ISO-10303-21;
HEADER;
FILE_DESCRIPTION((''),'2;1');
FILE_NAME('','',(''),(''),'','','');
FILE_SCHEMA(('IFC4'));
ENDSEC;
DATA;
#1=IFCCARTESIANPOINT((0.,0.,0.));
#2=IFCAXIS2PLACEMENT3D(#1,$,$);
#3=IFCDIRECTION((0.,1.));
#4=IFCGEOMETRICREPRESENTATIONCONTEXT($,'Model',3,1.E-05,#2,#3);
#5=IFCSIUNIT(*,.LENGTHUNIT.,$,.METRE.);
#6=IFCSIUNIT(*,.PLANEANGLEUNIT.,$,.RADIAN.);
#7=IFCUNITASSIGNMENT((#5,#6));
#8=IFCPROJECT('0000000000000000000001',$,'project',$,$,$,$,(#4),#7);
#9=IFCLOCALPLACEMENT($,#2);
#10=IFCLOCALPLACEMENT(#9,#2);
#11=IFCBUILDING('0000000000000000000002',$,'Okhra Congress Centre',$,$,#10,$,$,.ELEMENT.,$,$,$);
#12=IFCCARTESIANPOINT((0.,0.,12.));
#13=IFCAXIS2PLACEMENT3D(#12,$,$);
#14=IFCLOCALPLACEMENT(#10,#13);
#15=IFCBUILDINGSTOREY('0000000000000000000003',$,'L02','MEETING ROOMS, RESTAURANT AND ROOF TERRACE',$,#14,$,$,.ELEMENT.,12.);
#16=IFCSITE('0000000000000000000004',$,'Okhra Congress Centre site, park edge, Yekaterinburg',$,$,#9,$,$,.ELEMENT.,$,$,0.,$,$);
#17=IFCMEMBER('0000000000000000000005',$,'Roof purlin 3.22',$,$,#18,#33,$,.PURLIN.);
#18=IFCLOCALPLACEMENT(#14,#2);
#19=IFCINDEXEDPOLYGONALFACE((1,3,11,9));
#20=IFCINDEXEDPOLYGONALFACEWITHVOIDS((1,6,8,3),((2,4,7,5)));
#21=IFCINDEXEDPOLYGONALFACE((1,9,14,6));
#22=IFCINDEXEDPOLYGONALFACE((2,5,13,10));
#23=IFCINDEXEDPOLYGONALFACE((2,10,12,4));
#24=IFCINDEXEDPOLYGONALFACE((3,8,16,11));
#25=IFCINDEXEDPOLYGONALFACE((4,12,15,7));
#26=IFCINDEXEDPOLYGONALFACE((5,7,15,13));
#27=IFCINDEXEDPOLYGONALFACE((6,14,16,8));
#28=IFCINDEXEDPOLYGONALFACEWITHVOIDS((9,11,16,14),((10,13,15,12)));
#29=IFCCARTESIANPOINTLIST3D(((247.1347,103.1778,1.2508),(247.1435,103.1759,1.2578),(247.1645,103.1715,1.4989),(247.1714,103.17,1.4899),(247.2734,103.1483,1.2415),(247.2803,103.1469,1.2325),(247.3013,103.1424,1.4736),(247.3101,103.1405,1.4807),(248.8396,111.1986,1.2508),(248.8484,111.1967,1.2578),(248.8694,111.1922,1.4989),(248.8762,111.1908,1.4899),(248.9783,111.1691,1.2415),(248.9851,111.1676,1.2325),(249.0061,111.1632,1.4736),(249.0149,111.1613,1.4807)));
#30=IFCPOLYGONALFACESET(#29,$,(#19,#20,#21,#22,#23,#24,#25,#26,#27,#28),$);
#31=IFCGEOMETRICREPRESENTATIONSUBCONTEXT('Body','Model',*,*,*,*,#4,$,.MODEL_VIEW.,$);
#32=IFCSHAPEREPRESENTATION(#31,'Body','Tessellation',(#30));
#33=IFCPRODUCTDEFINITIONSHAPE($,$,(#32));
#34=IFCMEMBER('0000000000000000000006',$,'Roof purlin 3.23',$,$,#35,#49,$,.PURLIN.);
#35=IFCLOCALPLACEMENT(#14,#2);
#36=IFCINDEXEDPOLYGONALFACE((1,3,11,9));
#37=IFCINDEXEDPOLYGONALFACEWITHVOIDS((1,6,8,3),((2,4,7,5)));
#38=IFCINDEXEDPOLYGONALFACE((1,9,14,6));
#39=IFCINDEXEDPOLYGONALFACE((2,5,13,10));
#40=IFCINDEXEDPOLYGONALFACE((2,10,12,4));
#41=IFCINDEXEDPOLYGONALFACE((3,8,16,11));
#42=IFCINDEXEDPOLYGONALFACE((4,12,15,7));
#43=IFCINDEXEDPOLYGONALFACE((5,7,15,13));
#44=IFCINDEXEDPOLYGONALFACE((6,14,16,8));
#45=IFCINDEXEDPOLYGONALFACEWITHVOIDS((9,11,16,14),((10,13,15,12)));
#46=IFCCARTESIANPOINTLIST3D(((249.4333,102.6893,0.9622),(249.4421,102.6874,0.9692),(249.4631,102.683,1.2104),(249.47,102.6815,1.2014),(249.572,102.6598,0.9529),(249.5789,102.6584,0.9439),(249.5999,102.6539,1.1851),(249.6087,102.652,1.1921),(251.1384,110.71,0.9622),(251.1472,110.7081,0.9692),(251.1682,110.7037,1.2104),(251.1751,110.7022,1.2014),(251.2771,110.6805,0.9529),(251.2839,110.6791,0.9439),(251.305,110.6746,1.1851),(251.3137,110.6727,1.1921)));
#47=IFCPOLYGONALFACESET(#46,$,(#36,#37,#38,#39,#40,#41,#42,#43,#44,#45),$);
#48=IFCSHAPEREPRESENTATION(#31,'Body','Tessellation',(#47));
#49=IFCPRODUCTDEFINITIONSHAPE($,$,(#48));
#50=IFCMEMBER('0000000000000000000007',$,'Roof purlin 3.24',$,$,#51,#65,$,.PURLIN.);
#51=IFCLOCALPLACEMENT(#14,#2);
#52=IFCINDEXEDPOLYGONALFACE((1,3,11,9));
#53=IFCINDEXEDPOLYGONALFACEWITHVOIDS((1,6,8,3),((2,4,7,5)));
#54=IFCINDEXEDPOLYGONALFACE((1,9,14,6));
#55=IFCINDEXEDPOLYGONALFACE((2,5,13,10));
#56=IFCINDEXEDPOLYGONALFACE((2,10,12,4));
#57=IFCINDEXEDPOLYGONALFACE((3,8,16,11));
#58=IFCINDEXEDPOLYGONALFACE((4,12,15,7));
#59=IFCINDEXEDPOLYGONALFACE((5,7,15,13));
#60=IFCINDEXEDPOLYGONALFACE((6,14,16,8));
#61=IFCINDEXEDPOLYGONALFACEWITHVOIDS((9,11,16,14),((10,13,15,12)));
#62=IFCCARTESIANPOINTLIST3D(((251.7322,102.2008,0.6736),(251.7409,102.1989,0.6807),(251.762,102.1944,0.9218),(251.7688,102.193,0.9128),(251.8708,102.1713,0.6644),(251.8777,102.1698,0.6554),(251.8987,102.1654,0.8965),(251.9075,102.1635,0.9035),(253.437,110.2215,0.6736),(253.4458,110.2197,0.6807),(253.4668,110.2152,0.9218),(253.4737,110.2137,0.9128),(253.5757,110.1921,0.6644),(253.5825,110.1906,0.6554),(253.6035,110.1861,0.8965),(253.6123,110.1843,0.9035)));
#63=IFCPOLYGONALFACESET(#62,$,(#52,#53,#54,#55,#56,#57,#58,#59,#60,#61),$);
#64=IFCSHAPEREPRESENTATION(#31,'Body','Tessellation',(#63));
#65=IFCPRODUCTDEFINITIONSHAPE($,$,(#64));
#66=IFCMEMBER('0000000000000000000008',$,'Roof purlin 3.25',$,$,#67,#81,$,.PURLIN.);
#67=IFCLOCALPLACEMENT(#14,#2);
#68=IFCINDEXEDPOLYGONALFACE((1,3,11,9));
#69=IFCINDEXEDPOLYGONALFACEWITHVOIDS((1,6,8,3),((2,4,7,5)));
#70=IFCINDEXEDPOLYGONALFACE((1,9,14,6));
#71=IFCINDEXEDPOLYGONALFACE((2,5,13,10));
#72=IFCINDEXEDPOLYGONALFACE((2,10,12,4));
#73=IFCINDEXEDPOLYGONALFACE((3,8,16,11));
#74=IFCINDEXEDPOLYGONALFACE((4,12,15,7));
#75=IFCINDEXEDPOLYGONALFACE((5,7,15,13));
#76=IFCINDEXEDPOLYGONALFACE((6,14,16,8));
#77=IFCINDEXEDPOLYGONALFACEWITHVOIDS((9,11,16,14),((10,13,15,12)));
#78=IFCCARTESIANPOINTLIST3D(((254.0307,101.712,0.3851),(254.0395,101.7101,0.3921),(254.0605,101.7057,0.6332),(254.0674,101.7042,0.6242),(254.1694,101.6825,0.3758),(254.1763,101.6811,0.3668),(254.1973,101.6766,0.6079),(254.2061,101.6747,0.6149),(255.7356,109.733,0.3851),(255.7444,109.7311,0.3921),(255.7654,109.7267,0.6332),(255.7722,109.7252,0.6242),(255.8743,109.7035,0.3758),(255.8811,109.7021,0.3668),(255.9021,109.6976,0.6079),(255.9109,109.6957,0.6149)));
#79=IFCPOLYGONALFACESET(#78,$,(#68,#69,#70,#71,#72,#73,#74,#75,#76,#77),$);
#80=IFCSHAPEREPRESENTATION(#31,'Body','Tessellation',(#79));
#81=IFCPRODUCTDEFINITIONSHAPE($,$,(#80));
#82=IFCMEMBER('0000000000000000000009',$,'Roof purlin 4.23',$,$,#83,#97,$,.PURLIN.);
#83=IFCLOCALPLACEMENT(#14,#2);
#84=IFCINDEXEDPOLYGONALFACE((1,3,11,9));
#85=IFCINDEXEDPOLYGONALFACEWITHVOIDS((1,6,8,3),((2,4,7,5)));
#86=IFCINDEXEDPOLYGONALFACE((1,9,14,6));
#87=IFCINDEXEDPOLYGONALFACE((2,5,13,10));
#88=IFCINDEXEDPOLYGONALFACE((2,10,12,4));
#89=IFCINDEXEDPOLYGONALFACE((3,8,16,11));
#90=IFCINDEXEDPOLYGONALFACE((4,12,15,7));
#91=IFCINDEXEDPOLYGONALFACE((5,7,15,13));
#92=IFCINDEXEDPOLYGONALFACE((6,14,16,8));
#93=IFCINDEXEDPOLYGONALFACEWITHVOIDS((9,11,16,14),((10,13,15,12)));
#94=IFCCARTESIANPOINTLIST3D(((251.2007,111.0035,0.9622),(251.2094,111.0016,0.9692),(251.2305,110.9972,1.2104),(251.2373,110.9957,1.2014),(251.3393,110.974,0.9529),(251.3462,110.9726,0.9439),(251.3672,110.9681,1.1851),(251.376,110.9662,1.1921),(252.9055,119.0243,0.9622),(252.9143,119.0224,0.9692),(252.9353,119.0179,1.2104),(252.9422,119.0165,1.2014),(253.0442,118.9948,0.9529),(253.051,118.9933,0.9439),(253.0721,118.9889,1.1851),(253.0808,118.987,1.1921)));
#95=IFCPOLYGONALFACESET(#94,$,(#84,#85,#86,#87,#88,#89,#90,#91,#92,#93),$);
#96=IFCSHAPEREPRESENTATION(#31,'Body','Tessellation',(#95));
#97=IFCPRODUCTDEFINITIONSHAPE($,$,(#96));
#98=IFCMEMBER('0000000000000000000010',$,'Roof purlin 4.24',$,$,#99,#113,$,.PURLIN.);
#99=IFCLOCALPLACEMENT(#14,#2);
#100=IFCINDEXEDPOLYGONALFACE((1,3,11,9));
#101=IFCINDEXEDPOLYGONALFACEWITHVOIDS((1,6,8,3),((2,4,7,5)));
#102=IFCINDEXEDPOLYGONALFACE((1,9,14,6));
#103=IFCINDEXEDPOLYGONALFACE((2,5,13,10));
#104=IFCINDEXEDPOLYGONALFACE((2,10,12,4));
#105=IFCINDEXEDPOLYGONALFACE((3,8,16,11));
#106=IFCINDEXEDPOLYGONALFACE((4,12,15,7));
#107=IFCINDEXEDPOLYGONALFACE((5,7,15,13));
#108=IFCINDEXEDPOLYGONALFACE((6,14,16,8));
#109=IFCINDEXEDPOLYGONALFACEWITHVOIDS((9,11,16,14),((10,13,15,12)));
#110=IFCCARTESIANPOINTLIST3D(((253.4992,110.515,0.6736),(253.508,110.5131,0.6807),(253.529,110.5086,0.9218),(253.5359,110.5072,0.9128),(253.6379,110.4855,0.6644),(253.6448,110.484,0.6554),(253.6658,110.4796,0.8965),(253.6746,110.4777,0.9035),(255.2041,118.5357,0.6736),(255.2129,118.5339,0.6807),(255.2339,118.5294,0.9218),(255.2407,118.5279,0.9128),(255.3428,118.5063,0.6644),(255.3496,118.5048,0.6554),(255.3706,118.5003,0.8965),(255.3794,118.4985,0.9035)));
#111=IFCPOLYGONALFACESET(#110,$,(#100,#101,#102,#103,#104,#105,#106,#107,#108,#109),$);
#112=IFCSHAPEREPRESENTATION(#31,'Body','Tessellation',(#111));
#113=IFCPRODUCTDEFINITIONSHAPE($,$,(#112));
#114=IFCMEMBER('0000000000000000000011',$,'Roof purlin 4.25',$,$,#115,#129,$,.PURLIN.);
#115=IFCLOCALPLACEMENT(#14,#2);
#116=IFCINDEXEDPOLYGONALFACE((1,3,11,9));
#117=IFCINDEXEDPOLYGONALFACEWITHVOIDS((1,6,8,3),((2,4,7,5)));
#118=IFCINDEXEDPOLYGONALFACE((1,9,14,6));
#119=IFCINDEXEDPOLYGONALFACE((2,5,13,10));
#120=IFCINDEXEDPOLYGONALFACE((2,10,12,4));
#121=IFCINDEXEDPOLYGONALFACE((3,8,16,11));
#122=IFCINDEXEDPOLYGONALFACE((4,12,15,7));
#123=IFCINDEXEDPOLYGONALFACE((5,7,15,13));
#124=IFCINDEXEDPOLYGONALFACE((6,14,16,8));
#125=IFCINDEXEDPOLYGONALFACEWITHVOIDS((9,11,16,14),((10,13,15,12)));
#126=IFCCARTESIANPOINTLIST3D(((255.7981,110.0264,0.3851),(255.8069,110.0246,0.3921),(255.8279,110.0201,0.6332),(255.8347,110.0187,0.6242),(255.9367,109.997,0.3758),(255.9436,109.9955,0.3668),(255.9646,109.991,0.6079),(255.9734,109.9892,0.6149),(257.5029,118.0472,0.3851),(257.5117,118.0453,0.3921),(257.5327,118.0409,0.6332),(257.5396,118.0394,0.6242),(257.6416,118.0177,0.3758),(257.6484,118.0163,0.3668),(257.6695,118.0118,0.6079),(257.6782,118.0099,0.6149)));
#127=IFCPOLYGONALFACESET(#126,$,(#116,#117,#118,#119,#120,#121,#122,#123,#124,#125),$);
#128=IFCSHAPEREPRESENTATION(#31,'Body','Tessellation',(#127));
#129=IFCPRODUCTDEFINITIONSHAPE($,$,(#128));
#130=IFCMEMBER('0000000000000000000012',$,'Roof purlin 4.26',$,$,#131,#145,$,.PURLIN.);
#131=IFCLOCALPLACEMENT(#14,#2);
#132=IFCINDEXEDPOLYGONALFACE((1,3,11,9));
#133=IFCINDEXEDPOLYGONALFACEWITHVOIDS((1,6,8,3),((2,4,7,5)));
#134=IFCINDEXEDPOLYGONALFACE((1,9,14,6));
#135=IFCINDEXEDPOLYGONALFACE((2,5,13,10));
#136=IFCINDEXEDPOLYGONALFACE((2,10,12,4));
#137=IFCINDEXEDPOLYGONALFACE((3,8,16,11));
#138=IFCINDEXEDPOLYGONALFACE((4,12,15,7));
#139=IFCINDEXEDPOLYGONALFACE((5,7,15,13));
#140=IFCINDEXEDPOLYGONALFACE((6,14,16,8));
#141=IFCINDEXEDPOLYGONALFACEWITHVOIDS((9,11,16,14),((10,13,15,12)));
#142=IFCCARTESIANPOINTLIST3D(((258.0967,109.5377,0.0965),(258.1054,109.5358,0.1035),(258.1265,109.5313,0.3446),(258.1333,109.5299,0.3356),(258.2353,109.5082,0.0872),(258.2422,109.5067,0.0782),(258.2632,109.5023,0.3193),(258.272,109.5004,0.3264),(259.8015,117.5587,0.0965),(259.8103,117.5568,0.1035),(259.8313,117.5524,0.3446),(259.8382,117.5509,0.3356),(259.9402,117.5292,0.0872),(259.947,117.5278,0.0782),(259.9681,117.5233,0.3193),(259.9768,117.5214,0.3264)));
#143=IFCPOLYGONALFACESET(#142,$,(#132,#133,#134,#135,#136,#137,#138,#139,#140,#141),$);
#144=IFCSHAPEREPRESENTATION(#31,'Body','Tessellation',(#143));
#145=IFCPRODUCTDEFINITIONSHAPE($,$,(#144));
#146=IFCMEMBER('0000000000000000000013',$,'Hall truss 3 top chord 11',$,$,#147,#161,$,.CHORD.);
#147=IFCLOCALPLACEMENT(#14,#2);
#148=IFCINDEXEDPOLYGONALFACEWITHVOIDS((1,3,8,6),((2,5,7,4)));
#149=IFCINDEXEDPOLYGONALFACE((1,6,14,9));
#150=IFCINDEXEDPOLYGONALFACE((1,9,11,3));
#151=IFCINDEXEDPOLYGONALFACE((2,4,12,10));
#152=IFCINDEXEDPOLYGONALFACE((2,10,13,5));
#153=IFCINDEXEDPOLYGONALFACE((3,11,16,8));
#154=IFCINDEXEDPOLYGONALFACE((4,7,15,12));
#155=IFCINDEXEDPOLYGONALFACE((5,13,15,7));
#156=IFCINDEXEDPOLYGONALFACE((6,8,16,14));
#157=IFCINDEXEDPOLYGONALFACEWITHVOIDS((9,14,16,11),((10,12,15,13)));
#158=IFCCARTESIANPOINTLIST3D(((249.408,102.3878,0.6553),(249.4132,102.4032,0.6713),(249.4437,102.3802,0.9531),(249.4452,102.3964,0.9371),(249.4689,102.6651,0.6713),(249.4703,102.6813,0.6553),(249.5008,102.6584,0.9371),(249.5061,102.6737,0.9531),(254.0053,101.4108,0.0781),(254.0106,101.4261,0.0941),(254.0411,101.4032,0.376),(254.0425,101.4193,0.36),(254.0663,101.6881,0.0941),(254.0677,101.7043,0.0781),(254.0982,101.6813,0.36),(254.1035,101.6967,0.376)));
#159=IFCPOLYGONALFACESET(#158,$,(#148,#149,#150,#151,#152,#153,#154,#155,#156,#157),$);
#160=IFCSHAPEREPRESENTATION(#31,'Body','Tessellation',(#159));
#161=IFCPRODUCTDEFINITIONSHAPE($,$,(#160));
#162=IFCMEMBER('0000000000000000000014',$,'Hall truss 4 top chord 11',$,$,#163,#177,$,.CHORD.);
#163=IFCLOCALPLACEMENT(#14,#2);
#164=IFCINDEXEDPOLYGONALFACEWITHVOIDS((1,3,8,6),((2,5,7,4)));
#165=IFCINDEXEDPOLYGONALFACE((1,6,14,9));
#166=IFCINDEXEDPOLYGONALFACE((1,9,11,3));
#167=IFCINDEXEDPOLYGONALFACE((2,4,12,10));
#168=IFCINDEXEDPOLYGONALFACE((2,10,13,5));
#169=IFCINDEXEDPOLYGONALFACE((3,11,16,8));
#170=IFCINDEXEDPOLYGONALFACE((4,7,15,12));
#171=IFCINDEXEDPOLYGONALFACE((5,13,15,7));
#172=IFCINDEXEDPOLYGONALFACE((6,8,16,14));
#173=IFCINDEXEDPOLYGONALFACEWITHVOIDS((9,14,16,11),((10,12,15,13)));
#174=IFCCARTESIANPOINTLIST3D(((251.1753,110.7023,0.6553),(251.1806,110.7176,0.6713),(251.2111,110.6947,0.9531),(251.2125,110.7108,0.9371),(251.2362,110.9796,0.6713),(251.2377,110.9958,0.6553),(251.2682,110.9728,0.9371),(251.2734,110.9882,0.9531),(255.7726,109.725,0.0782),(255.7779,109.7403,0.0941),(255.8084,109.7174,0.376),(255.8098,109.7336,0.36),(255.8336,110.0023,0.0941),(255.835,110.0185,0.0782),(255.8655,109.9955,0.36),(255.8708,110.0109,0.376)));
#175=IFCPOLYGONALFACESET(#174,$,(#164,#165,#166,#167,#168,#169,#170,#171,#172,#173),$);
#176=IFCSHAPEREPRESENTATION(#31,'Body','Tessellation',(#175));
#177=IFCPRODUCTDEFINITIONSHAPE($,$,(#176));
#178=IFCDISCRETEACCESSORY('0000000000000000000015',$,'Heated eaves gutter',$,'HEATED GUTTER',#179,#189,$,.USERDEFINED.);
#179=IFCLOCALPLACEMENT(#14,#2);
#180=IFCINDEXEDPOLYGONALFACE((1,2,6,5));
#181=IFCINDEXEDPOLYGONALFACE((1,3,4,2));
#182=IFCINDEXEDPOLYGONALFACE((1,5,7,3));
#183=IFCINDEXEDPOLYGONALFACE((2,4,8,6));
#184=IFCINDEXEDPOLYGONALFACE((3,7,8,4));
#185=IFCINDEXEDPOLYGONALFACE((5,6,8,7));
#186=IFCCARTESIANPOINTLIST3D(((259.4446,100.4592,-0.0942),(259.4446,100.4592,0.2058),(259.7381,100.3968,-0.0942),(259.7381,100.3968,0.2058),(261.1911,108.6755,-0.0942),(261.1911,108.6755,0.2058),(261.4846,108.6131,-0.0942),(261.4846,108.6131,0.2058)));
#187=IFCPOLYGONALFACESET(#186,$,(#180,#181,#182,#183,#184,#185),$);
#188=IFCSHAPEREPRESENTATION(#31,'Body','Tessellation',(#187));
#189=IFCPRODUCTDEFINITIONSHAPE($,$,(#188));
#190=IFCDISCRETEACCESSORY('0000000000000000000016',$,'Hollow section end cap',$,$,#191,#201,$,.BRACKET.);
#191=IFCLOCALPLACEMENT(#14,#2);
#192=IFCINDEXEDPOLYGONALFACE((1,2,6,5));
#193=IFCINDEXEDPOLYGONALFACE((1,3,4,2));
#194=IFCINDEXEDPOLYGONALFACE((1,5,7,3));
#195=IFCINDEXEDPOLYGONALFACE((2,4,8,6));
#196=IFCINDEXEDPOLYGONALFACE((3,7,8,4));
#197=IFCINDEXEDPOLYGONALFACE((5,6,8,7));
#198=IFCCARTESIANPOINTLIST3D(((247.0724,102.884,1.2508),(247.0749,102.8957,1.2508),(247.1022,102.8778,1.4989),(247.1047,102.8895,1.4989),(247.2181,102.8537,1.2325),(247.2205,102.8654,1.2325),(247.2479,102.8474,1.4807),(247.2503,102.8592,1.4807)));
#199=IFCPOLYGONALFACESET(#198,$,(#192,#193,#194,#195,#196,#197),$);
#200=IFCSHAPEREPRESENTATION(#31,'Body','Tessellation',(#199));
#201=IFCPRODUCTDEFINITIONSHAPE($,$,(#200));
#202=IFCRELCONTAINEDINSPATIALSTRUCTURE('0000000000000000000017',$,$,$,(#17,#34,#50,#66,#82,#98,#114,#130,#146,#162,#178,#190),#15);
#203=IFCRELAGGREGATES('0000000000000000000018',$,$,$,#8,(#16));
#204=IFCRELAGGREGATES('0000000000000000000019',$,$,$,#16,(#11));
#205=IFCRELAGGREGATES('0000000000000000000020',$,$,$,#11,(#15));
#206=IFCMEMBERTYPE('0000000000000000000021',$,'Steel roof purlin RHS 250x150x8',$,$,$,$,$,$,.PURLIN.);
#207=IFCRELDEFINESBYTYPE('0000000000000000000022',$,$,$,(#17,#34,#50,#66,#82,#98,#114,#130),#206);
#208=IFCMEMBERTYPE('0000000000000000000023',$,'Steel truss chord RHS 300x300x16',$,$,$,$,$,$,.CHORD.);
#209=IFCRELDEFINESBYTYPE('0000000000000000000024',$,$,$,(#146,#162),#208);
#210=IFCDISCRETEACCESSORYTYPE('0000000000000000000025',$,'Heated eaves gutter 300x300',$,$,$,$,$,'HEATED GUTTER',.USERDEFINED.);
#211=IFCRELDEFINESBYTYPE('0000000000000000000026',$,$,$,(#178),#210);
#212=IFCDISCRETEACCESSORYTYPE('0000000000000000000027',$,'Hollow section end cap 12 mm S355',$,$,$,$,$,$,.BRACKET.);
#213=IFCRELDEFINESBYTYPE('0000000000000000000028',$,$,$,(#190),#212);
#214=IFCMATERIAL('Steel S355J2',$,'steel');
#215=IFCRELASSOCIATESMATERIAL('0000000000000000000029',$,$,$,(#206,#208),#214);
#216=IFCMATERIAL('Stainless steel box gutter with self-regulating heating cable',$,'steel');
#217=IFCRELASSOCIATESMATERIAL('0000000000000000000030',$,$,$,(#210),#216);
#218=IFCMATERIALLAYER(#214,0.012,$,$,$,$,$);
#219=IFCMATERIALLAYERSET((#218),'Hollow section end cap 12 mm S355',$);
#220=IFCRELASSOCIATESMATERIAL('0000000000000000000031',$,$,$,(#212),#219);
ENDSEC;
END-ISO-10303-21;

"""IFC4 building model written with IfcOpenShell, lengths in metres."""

from ifc_helpers import new_model, si_unit, direction, frame, origin, origin_2d, place, context, subcontext, project, spatial, rectangle, hollow_rectangle, extrude, material, layer, layer_set, material_profile, profile_set, type_object, element, save


model = new_model("IFC4")

# Units and contexts
model_context = context("Model", 3, precision=1e-05, world=origin(), true_north=direction((0.0, 1.0)))
body_context = subcontext(model_context, "Body", "Model", "MODEL_VIEW")
ifc_project = project(units=[si_unit("LENGTHUNIT", "METRE"), si_unit("PLANEANGLEUNIT", "RADIAN")], contexts=[model_context])

# Site, building, storey
site_placement = place(None, origin())
site = spatial("IfcSite", under=ifc_project, at=site_placement, Name="Okhra Congress Centre site, park edge, Yekaterinburg", CompositionType="ELEMENT", RefElevation=0.0)
building_placement = place(site_placement, origin())
building = spatial("IfcBuilding", under=site, at=building_placement, Name="Okhra Congress Centre", CompositionType="ELEMENT")
storey_placement = place(building_placement, frame((0.0, 0.0, 12.0)))
storey = spatial("IfcBuildingStorey", under=building, at=storey_placement, Name="L02", Description="MEETING ROOMS, RESTAURANT AND ROOF TERRACE", CompositionType="ELEMENT", Elevation=12.0)

# Members
ifc_material_1 = material(Name="Steel S355J2", Category="steel")
ifc_material_profile_1 = material_profile(ifc_material_1, hollow_rectangle(XDim=0.1499, YDim=0.25, WallThickness=0.0081, at=origin_2d()), Name="RHS 250x150x8")
ifc_profile_set_1 = profile_set([ifc_material_profile_1], Name="Steel S355J2")
member_type_1 = type_object("IfcMemberType", Name="Steel roof purlin RHS 250x150x8", PredefinedType="PURLIN", material=ifc_profile_set_1)
for number, where, z_axis, x_axis, name in (
    (1, (247.2224, 103.1592, 1.3657), (0.207908, 0.978148, 0.0), (-0.970857, 0.206359, 0.121869), "Roof purlin 3.22"),
    (2, (249.521, 102.6707, 1.0771), (0.207937, 0.978142, 0.0), (-0.970851, 0.206387, 0.121869), "Roof purlin 3.23"),
    (3, (251.8198, 102.1821, 0.7886), (0.207908, 0.978148, 0.0), (-0.970857, 0.206359, 0.121869), "Roof purlin 3.24"),
):
    element("IfcMember", number, at=place(storey_placement, frame(where, z_axis=z_axis, x_axis=x_axis)), inside=storey, type_object=member_type_1, Name=name, PredefinedType="PURLIN", context=body_context, shape_type="SweptSolid", body=[
        extrude(hollow_rectangle(XDim=0.1499, YDim=0.25, WallThickness=0.0081, at=origin_2d()), origin(), (0.0, 0.0, 1.0), 8.2),
    ])
member_1_placement = place(storey_placement, frame((254.1184, 101.6934, 0.5), z_axis=(0.207902, 0.97815, 0.0), x_axis=(-0.970859, 0.206353, 0.121869)))
element("IfcMember", 4, at=member_1_placement, inside=storey, type_object=member_type_1, Name="Roof purlin 3.25", PredefinedType="PURLIN", context=body_context, shape_type="SweptSolid", body=[
    extrude(hollow_rectangle(XDim=0.1499, YDim=0.25, WallThickness=0.0081, at=origin_2d()), origin(), (0.0, 0.0, 1.0), 8.2002),
])
for number, where, z_axis, x_axis, name in (
    (5, (251.2883, 110.9849, 1.0771), (0.207908, 0.978148, 0.0), (-0.970857, 0.206359, 0.121869), "Roof purlin 4.23"),
    (6, (253.5869, 110.4963, 0.7886), (0.207908, 0.978148, 0.0), (-0.970857, 0.206359, 0.121869), "Roof purlin 4.24"),
    (7, (255.8857, 110.0078, 0.5), (0.207908, 0.978148, 0.0), (-0.970857, 0.206359, 0.121869), "Roof purlin 4.25"),
):
    element("IfcMember", number, at=place(storey_placement, frame(where, z_axis=z_axis, x_axis=x_axis)), inside=storey, type_object=member_type_1, Name=name, PredefinedType="PURLIN", context=body_context, shape_type="SweptSolid", body=[
        extrude(hollow_rectangle(XDim=0.1499, YDim=0.25, WallThickness=0.0081, at=origin_2d()), origin(), (0.0, 0.0, 1.0), 8.2),
    ])
member_2_placement = place(storey_placement, frame((258.1843, 109.519, 0.2114), z_axis=(0.207902, 0.97815, 0.0), x_axis=(-0.970859, 0.206353, 0.121869)))
element("IfcMember", 8, at=member_2_placement, inside=storey, type_object=member_type_1, Name="Roof purlin 4.26", PredefinedType="PURLIN", context=body_context, shape_type="SweptSolid", body=[
    extrude(hollow_rectangle(XDim=0.1499, YDim=0.25, WallThickness=0.0081, at=origin_2d()), origin(), (0.0, 0.0, 1.0), 8.2002),
])
ifc_material_profile_2 = material_profile(ifc_material_1, hollow_rectangle(XDim=0.3, YDim=0.3, WallThickness=0.0161, at=origin_2d()), Name="RHS 300x300x16")
ifc_profile_set_2 = profile_set([ifc_material_profile_2], Name="Steel S355J2")
member_type_2 = type_object("IfcMemberType", Name="Steel truss chord RHS 300x300x16", PredefinedType="CHORD", material=ifc_profile_set_2)
for number, where, z_axis, x_axis, name in (
    (9, (249.457, 102.5308, 0.8042), (0.970862, -0.206329, -0.12188), (0.207879, 0.978154, 0.0), "Hall truss 3 top chord 11"),
    (10, (251.2244, 110.8452, 0.8042), (0.970852, -0.206379, -0.121878), (0.207929, 0.978144, 0.0), "Hall truss 4 top chord 11"),
):
    element("IfcMember", number, at=place(storey_placement, frame(where, z_axis=z_axis, x_axis=x_axis)), inside=storey, type_object=member_type_2, Name=name, PredefinedType="CHORD", context=body_context, shape_type="SweptSolid", body=[
        extrude(hollow_rectangle(XDim=0.3, YDim=0.3, WallThickness=0.0161, at=origin_2d()), origin(), (0.0, 0.0, 1.0), 4.7354),
    ])

# Discrete accessories
ifc_material_2 = material(Name="Stainless steel box gutter with self-regulating heating cable", Category="steel")
discrete_accessory_type_1 = type_object("IfcDiscreteAccessoryType", Name="Heated eaves gutter 300x300", ElementType="HEATED GUTTER", PredefinedType="USERDEFINED", material=ifc_material_2)
discrete_accessory_1_placement = place(storey_placement, frame((260.4646, 104.5361, -0.0942), z_axis=(0.0, 0.0, 1.0), x_axis=(0.978148, -0.207912, 0.0)))
element("IfcDiscreteAccessory", 11, at=discrete_accessory_1_placement, inside=storey, type_object=discrete_accessory_type_1, Name="Heated eaves gutter", ObjectType="HEATED GUTTER", PredefinedType="USERDEFINED", context=body_context, shape_type="SweptSolid", body=[
    extrude(rectangle(XDim=0.3, YDim=8.3999, at=origin_2d()), origin(), (0.0, 0.0, 1.0), 0.3),
])
ifc_layer = layer(ifc_material_1, 0.012)
ifc_layer_set = layer_set([ifc_layer], Name="Hollow section end cap 12 mm S355")
discrete_accessory_type_2 = type_object("IfcDiscreteAccessoryType", Name="Hollow section end cap 12 mm S355", PredefinedType="BRACKET", material=ifc_layer_set)
for number, where, z_axis, x_axis, name in (
    (12, (247.1602, 102.8657, 1.3657), (0.203954, 0.97898, 0.0), (-0.971683, 0.202434, 0.121869), "Hollow section end cap"),
):
    element("IfcDiscreteAccessory", number, at=place(storey_placement, frame(where, z_axis=z_axis, x_axis=x_axis)), inside=storey, type_object=discrete_accessory_type_2, Name=name, PredefinedType="BRACKET", context=body_context, shape_type="SweptSolid", body=[
        extrude(rectangle(XDim=0.1499, YDim=0.25, at=origin_2d()), origin(), (0.0, 0.0, 1.0), 0.012),
    ])

save(model, "model.ifc")
